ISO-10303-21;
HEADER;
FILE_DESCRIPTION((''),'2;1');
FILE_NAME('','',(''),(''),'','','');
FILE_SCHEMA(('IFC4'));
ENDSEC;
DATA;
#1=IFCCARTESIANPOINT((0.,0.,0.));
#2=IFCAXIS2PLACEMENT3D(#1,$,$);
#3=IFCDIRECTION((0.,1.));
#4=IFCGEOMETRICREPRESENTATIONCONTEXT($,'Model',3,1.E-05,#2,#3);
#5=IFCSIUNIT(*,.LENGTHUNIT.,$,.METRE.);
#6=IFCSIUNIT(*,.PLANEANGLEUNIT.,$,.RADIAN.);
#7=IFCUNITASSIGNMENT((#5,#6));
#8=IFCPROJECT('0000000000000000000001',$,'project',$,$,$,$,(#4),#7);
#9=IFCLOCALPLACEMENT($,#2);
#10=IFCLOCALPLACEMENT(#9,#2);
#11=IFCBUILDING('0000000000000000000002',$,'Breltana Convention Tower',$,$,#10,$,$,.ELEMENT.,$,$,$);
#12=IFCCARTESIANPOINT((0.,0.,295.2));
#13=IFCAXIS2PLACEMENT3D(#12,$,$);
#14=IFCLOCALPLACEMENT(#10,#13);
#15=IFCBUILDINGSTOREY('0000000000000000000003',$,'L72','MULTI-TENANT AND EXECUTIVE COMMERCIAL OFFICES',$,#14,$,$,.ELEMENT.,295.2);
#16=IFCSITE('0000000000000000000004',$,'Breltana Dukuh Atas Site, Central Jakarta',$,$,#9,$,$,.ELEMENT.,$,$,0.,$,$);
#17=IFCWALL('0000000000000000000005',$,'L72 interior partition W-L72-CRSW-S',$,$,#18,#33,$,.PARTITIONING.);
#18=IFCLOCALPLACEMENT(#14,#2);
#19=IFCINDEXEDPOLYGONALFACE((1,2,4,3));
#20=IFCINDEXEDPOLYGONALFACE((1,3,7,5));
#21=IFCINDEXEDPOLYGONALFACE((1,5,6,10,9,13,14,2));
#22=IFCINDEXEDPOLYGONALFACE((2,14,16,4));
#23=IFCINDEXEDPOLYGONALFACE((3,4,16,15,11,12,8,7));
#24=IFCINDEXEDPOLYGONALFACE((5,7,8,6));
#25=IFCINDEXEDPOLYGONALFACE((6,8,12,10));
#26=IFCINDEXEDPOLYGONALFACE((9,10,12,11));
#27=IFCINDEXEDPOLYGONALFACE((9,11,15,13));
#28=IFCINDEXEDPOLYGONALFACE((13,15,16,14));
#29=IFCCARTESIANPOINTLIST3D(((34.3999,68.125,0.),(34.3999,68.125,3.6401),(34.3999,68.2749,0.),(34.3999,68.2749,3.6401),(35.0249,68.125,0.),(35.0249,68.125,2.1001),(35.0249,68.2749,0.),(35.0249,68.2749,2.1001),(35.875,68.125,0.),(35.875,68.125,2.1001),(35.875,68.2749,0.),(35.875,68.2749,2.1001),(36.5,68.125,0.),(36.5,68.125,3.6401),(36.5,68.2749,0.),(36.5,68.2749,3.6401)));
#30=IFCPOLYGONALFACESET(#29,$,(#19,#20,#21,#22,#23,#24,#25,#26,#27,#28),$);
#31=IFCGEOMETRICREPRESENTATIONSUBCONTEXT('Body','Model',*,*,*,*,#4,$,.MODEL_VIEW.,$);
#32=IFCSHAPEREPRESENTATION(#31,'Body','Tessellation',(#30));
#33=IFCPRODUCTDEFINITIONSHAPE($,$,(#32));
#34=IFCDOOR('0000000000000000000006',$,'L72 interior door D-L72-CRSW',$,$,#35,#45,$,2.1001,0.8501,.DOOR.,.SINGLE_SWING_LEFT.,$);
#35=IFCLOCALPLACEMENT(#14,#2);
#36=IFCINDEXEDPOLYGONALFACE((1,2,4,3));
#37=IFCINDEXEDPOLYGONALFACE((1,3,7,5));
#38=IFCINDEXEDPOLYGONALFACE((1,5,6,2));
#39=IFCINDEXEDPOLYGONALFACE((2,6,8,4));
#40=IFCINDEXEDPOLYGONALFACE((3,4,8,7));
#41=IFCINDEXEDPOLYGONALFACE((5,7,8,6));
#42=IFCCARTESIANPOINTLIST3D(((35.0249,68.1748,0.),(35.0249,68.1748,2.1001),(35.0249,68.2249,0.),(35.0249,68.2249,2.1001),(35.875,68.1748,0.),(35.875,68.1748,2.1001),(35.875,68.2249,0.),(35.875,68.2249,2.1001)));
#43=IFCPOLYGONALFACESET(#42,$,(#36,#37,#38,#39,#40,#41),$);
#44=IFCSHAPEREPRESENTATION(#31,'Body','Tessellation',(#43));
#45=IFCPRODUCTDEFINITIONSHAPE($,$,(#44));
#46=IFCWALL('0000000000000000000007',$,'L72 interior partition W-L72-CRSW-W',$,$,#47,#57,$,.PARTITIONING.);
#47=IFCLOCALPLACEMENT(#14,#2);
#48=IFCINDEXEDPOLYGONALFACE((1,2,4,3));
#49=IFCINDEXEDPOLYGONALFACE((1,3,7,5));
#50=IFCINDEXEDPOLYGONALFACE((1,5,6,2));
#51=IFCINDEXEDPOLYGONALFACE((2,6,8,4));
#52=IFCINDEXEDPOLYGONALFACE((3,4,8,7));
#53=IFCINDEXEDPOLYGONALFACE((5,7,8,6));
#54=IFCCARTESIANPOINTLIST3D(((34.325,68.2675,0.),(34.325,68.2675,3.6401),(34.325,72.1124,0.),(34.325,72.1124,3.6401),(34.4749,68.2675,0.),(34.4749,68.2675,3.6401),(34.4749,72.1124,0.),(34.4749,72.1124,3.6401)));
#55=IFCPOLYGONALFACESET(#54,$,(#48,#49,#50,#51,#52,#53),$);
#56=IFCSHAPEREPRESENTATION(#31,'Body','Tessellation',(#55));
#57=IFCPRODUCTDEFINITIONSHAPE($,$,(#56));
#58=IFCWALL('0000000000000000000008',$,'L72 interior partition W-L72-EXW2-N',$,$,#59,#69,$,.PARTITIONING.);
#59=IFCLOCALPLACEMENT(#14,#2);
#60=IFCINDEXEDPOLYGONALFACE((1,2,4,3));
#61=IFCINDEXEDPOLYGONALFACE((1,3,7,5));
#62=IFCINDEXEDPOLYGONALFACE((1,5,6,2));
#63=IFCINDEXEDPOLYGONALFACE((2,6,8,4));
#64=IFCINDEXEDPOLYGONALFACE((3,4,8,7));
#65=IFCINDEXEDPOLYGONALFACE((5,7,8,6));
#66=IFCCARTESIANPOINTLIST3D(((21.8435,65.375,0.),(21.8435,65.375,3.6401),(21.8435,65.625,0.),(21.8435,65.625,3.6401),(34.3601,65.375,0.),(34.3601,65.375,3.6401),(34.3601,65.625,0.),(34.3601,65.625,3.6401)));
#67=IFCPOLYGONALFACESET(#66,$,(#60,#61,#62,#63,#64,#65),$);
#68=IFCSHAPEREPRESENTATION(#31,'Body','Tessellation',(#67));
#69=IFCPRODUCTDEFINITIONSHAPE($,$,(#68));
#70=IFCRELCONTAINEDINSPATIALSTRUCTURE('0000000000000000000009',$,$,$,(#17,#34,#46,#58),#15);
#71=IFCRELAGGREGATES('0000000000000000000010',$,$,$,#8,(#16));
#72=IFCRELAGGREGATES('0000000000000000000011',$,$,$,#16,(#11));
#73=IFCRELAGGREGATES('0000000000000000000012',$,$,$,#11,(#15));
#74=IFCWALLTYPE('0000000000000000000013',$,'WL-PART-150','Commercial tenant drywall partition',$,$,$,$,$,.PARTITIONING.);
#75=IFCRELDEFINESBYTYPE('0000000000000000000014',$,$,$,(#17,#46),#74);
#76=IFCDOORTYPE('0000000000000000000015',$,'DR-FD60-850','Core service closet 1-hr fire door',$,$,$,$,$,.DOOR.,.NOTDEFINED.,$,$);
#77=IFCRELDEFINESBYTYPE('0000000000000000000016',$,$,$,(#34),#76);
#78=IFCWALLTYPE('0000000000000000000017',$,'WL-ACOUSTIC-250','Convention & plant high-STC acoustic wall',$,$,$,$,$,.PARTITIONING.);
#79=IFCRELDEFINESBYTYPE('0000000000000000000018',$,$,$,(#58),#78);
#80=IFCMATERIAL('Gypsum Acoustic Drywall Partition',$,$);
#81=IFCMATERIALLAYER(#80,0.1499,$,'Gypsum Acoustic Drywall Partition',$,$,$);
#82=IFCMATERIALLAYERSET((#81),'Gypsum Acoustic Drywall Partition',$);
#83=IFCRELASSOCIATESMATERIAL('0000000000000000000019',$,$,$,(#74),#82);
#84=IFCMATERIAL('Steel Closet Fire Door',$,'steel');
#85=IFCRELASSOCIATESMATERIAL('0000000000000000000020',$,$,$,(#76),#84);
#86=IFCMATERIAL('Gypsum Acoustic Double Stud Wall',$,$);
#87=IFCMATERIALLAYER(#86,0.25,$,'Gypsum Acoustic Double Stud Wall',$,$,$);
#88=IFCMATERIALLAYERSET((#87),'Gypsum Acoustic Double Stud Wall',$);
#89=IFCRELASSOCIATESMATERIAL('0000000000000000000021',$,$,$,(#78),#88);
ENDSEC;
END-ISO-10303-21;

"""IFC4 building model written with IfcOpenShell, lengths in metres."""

from ifc_helpers import new_model, si_unit, direction, frame, frame_2d, origin, place, context, subcontext, project, spatial, rectangle, extrude, source, transform, mapped, material, layer, layer_set, type_object, type_shapes, element, fill, save


model = new_model("IFC4")

# Units and contexts
model_context = context("Model", 3, precision=1e-05, world=origin(), true_north=direction((0.0, 1.0)))
body_context = subcontext(model_context, "Body", "Model", "MODEL_VIEW")
ifc_project = project(units=[si_unit("LENGTHUNIT", "METRE"), si_unit("PLANEANGLEUNIT", "RADIAN")], contexts=[model_context])

# Site, building, storey
site_placement = place(None, origin())
site = spatial("IfcSite", under=ifc_project, at=site_placement, Name="Breltana Dukuh Atas Site, Central Jakarta", CompositionType="ELEMENT", RefElevation=0.0)
building_placement = place(site_placement, origin())
building = spatial("IfcBuilding", under=site, at=building_placement, Name="Breltana Convention Tower", CompositionType="ELEMENT")
storey_placement = place(building_placement, frame((0.0, 0.0, 295.2)))
storey = spatial("IfcBuildingStorey", under=building, at=storey_placement, Name="L72", Description="MULTI-TENANT AND EXECUTIVE COMMERCIAL OFFICES", CompositionType="ELEMENT", Elevation=295.2)

# Shared definitions
ifc_material_1 = material(Name="Gypsum Acoustic Drywall Partition")
ifc_layer_1 = layer(ifc_material_1, 0.1499, Name="Gypsum Acoustic Drywall Partition")
ifc_layer_set_1 = layer_set([ifc_layer_1], Name="Gypsum Acoustic Drywall Partition")
wall_type_1 = type_object("IfcWallType", Name="WL-PART-150", Description="Commercial tenant drywall partition", PredefinedType="PARTITIONING", material=ifc_layer_set_1)
shared_shape_1 = source(origin(), body_context, "Body", "SweptSolid", [
    extrude(rectangle(XDim=2.1001, YDim=0.1499, at=frame_2d((1.05, 0.0))), origin(), (0.0, 0.0, 1.0), 3.6401),
])

# Wall, opening, door
wall_1_placement = place(storey_placement, frame((34.3999, 68.2, 0.0), z_axis=(0.0, 0.0, 1.0), x_axis=(1.0, 0.0, 0.0)))
wall_1 = element("IfcWall", 1, at=wall_1_placement, inside=storey, type_object=wall_type_1, Name="L72 interior partition W-L72-CRSW-S", PredefinedType="PARTITIONING", context=body_context, shape_type="MappedRepresentation", body=[
    mapped(shared_shape_1, transform((0.0, 0.0, 0.0), scale=1.0)),
])
opening_placement = place(wall_1_placement, frame((0.625, 0.0, 0.0)))
opening = element("IfcOpeningElement", 2, at=opening_placement, cuts=wall_1, PredefinedType="OPENING", context=body_context, shape_type="SweptSolid", body=[
    extrude(rectangle(XDim=0.8501, YDim=2.1001, at=frame_2d((0.425, 1.05))), frame((0.0, 0.085, 0.0), z_axis=(0.0, -1.0, 0.0), x_axis=(1.0, 0.0, 0.0)), (0.0, 0.0, 1.0), 0.1699),
])
ifc_material_2 = material(Name="Steel Closet Fire Door", Category="steel")
door_type = type_object("IfcDoorType", Name="DR-FD60-850", Description="Core service closet 1-hr fire door", OperationType="NOTDEFINED", PredefinedType="DOOR", material=ifc_material_2)
shared_shape_2 = source(origin(), body_context, "Body", "SweptSolid", [
    extrude(rectangle(XDim=0.8501, YDim=2.1001, at=frame_2d((0.425, 1.05))), frame((0.0, 0.0249, 0.0), z_axis=(0.0, -1.0, 0.0), x_axis=(1.0, 0.0, 0.0)), (0.0, 0.0, 1.0), 0.05),
])
type_shapes(door_type, [shared_shape_2])
door_placement = place(opening_placement, origin())
door = element("IfcDoor", 3, at=door_placement, inside=storey, type_object=door_type, Name="L72 interior door D-L72-CRSW", OperationType="SINGLE_SWING_LEFT", OverallHeight=2.1001, OverallWidth=0.8501, PredefinedType="DOOR", context=body_context, shape_type="MappedRepresentation", body=[
    mapped(shared_shape_2, transform((0.0, 0.0, 0.0), scale=1.0)),
])
fill(opening, door)

# Walls
shared_shape_3 = source(origin(), body_context, "Body", "SweptSolid", [
    extrude(rectangle(XDim=3.845, YDim=0.1499, at=frame_2d((1.9224, 0.0))), origin(), (0.0, 0.0, 1.0), 3.6401),
])
wall_2_placement = place(storey_placement, frame((34.3999, 68.2676, 0.0), z_axis=(0.0, 0.0, 1.0), x_axis=(0.0, 1.0, 0.0)))
element("IfcWall", 4, at=wall_2_placement, inside=storey, type_object=wall_type_1, Name="L72 interior partition W-L72-CRSW-W", PredefinedType="PARTITIONING", context=body_context, shape_type="MappedRepresentation", body=[
    mapped(shared_shape_3, transform((0.0, 0.0, 0.0), scale=1.0)),
])
ifc_material_3 = material(Name="Gypsum Acoustic Double Stud Wall")
ifc_layer_2 = layer(ifc_material_3, 0.25, Name="Gypsum Acoustic Double Stud Wall")
ifc_layer_set_2 = layer_set([ifc_layer_2], Name="Gypsum Acoustic Double Stud Wall")
wall_type_2 = type_object("IfcWallType", Name="WL-ACOUSTIC-250", Description="Convention & plant high-STC acoustic wall", PredefinedType="PARTITIONING", material=ifc_layer_set_2)
shared_shape_4 = source(origin(), body_context, "Body", "SweptSolid", [
    extrude(rectangle(XDim=12.5166, YDim=0.25, at=frame_2d((6.2583, 0.0))), origin(), (0.0, 0.0, 1.0), 3.6401),
])
wall_3_placement = place(storey_placement, frame((21.8435, 65.5, 0.0), z_axis=(0.0, 0.0, 1.0), x_axis=(1.0, 0.0, 0.0)))
element("IfcWall", 5, at=wall_3_placement, inside=storey, type_object=wall_type_2, Name="L72 interior partition W-L72-EXW2-N", PredefinedType="PARTITIONING", context=body_context, shape_type="MappedRepresentation", body=[
    mapped(shared_shape_4, transform((0.0, 0.0, 0.0), scale=1.0)),
])

save(model, "model.ifc")
